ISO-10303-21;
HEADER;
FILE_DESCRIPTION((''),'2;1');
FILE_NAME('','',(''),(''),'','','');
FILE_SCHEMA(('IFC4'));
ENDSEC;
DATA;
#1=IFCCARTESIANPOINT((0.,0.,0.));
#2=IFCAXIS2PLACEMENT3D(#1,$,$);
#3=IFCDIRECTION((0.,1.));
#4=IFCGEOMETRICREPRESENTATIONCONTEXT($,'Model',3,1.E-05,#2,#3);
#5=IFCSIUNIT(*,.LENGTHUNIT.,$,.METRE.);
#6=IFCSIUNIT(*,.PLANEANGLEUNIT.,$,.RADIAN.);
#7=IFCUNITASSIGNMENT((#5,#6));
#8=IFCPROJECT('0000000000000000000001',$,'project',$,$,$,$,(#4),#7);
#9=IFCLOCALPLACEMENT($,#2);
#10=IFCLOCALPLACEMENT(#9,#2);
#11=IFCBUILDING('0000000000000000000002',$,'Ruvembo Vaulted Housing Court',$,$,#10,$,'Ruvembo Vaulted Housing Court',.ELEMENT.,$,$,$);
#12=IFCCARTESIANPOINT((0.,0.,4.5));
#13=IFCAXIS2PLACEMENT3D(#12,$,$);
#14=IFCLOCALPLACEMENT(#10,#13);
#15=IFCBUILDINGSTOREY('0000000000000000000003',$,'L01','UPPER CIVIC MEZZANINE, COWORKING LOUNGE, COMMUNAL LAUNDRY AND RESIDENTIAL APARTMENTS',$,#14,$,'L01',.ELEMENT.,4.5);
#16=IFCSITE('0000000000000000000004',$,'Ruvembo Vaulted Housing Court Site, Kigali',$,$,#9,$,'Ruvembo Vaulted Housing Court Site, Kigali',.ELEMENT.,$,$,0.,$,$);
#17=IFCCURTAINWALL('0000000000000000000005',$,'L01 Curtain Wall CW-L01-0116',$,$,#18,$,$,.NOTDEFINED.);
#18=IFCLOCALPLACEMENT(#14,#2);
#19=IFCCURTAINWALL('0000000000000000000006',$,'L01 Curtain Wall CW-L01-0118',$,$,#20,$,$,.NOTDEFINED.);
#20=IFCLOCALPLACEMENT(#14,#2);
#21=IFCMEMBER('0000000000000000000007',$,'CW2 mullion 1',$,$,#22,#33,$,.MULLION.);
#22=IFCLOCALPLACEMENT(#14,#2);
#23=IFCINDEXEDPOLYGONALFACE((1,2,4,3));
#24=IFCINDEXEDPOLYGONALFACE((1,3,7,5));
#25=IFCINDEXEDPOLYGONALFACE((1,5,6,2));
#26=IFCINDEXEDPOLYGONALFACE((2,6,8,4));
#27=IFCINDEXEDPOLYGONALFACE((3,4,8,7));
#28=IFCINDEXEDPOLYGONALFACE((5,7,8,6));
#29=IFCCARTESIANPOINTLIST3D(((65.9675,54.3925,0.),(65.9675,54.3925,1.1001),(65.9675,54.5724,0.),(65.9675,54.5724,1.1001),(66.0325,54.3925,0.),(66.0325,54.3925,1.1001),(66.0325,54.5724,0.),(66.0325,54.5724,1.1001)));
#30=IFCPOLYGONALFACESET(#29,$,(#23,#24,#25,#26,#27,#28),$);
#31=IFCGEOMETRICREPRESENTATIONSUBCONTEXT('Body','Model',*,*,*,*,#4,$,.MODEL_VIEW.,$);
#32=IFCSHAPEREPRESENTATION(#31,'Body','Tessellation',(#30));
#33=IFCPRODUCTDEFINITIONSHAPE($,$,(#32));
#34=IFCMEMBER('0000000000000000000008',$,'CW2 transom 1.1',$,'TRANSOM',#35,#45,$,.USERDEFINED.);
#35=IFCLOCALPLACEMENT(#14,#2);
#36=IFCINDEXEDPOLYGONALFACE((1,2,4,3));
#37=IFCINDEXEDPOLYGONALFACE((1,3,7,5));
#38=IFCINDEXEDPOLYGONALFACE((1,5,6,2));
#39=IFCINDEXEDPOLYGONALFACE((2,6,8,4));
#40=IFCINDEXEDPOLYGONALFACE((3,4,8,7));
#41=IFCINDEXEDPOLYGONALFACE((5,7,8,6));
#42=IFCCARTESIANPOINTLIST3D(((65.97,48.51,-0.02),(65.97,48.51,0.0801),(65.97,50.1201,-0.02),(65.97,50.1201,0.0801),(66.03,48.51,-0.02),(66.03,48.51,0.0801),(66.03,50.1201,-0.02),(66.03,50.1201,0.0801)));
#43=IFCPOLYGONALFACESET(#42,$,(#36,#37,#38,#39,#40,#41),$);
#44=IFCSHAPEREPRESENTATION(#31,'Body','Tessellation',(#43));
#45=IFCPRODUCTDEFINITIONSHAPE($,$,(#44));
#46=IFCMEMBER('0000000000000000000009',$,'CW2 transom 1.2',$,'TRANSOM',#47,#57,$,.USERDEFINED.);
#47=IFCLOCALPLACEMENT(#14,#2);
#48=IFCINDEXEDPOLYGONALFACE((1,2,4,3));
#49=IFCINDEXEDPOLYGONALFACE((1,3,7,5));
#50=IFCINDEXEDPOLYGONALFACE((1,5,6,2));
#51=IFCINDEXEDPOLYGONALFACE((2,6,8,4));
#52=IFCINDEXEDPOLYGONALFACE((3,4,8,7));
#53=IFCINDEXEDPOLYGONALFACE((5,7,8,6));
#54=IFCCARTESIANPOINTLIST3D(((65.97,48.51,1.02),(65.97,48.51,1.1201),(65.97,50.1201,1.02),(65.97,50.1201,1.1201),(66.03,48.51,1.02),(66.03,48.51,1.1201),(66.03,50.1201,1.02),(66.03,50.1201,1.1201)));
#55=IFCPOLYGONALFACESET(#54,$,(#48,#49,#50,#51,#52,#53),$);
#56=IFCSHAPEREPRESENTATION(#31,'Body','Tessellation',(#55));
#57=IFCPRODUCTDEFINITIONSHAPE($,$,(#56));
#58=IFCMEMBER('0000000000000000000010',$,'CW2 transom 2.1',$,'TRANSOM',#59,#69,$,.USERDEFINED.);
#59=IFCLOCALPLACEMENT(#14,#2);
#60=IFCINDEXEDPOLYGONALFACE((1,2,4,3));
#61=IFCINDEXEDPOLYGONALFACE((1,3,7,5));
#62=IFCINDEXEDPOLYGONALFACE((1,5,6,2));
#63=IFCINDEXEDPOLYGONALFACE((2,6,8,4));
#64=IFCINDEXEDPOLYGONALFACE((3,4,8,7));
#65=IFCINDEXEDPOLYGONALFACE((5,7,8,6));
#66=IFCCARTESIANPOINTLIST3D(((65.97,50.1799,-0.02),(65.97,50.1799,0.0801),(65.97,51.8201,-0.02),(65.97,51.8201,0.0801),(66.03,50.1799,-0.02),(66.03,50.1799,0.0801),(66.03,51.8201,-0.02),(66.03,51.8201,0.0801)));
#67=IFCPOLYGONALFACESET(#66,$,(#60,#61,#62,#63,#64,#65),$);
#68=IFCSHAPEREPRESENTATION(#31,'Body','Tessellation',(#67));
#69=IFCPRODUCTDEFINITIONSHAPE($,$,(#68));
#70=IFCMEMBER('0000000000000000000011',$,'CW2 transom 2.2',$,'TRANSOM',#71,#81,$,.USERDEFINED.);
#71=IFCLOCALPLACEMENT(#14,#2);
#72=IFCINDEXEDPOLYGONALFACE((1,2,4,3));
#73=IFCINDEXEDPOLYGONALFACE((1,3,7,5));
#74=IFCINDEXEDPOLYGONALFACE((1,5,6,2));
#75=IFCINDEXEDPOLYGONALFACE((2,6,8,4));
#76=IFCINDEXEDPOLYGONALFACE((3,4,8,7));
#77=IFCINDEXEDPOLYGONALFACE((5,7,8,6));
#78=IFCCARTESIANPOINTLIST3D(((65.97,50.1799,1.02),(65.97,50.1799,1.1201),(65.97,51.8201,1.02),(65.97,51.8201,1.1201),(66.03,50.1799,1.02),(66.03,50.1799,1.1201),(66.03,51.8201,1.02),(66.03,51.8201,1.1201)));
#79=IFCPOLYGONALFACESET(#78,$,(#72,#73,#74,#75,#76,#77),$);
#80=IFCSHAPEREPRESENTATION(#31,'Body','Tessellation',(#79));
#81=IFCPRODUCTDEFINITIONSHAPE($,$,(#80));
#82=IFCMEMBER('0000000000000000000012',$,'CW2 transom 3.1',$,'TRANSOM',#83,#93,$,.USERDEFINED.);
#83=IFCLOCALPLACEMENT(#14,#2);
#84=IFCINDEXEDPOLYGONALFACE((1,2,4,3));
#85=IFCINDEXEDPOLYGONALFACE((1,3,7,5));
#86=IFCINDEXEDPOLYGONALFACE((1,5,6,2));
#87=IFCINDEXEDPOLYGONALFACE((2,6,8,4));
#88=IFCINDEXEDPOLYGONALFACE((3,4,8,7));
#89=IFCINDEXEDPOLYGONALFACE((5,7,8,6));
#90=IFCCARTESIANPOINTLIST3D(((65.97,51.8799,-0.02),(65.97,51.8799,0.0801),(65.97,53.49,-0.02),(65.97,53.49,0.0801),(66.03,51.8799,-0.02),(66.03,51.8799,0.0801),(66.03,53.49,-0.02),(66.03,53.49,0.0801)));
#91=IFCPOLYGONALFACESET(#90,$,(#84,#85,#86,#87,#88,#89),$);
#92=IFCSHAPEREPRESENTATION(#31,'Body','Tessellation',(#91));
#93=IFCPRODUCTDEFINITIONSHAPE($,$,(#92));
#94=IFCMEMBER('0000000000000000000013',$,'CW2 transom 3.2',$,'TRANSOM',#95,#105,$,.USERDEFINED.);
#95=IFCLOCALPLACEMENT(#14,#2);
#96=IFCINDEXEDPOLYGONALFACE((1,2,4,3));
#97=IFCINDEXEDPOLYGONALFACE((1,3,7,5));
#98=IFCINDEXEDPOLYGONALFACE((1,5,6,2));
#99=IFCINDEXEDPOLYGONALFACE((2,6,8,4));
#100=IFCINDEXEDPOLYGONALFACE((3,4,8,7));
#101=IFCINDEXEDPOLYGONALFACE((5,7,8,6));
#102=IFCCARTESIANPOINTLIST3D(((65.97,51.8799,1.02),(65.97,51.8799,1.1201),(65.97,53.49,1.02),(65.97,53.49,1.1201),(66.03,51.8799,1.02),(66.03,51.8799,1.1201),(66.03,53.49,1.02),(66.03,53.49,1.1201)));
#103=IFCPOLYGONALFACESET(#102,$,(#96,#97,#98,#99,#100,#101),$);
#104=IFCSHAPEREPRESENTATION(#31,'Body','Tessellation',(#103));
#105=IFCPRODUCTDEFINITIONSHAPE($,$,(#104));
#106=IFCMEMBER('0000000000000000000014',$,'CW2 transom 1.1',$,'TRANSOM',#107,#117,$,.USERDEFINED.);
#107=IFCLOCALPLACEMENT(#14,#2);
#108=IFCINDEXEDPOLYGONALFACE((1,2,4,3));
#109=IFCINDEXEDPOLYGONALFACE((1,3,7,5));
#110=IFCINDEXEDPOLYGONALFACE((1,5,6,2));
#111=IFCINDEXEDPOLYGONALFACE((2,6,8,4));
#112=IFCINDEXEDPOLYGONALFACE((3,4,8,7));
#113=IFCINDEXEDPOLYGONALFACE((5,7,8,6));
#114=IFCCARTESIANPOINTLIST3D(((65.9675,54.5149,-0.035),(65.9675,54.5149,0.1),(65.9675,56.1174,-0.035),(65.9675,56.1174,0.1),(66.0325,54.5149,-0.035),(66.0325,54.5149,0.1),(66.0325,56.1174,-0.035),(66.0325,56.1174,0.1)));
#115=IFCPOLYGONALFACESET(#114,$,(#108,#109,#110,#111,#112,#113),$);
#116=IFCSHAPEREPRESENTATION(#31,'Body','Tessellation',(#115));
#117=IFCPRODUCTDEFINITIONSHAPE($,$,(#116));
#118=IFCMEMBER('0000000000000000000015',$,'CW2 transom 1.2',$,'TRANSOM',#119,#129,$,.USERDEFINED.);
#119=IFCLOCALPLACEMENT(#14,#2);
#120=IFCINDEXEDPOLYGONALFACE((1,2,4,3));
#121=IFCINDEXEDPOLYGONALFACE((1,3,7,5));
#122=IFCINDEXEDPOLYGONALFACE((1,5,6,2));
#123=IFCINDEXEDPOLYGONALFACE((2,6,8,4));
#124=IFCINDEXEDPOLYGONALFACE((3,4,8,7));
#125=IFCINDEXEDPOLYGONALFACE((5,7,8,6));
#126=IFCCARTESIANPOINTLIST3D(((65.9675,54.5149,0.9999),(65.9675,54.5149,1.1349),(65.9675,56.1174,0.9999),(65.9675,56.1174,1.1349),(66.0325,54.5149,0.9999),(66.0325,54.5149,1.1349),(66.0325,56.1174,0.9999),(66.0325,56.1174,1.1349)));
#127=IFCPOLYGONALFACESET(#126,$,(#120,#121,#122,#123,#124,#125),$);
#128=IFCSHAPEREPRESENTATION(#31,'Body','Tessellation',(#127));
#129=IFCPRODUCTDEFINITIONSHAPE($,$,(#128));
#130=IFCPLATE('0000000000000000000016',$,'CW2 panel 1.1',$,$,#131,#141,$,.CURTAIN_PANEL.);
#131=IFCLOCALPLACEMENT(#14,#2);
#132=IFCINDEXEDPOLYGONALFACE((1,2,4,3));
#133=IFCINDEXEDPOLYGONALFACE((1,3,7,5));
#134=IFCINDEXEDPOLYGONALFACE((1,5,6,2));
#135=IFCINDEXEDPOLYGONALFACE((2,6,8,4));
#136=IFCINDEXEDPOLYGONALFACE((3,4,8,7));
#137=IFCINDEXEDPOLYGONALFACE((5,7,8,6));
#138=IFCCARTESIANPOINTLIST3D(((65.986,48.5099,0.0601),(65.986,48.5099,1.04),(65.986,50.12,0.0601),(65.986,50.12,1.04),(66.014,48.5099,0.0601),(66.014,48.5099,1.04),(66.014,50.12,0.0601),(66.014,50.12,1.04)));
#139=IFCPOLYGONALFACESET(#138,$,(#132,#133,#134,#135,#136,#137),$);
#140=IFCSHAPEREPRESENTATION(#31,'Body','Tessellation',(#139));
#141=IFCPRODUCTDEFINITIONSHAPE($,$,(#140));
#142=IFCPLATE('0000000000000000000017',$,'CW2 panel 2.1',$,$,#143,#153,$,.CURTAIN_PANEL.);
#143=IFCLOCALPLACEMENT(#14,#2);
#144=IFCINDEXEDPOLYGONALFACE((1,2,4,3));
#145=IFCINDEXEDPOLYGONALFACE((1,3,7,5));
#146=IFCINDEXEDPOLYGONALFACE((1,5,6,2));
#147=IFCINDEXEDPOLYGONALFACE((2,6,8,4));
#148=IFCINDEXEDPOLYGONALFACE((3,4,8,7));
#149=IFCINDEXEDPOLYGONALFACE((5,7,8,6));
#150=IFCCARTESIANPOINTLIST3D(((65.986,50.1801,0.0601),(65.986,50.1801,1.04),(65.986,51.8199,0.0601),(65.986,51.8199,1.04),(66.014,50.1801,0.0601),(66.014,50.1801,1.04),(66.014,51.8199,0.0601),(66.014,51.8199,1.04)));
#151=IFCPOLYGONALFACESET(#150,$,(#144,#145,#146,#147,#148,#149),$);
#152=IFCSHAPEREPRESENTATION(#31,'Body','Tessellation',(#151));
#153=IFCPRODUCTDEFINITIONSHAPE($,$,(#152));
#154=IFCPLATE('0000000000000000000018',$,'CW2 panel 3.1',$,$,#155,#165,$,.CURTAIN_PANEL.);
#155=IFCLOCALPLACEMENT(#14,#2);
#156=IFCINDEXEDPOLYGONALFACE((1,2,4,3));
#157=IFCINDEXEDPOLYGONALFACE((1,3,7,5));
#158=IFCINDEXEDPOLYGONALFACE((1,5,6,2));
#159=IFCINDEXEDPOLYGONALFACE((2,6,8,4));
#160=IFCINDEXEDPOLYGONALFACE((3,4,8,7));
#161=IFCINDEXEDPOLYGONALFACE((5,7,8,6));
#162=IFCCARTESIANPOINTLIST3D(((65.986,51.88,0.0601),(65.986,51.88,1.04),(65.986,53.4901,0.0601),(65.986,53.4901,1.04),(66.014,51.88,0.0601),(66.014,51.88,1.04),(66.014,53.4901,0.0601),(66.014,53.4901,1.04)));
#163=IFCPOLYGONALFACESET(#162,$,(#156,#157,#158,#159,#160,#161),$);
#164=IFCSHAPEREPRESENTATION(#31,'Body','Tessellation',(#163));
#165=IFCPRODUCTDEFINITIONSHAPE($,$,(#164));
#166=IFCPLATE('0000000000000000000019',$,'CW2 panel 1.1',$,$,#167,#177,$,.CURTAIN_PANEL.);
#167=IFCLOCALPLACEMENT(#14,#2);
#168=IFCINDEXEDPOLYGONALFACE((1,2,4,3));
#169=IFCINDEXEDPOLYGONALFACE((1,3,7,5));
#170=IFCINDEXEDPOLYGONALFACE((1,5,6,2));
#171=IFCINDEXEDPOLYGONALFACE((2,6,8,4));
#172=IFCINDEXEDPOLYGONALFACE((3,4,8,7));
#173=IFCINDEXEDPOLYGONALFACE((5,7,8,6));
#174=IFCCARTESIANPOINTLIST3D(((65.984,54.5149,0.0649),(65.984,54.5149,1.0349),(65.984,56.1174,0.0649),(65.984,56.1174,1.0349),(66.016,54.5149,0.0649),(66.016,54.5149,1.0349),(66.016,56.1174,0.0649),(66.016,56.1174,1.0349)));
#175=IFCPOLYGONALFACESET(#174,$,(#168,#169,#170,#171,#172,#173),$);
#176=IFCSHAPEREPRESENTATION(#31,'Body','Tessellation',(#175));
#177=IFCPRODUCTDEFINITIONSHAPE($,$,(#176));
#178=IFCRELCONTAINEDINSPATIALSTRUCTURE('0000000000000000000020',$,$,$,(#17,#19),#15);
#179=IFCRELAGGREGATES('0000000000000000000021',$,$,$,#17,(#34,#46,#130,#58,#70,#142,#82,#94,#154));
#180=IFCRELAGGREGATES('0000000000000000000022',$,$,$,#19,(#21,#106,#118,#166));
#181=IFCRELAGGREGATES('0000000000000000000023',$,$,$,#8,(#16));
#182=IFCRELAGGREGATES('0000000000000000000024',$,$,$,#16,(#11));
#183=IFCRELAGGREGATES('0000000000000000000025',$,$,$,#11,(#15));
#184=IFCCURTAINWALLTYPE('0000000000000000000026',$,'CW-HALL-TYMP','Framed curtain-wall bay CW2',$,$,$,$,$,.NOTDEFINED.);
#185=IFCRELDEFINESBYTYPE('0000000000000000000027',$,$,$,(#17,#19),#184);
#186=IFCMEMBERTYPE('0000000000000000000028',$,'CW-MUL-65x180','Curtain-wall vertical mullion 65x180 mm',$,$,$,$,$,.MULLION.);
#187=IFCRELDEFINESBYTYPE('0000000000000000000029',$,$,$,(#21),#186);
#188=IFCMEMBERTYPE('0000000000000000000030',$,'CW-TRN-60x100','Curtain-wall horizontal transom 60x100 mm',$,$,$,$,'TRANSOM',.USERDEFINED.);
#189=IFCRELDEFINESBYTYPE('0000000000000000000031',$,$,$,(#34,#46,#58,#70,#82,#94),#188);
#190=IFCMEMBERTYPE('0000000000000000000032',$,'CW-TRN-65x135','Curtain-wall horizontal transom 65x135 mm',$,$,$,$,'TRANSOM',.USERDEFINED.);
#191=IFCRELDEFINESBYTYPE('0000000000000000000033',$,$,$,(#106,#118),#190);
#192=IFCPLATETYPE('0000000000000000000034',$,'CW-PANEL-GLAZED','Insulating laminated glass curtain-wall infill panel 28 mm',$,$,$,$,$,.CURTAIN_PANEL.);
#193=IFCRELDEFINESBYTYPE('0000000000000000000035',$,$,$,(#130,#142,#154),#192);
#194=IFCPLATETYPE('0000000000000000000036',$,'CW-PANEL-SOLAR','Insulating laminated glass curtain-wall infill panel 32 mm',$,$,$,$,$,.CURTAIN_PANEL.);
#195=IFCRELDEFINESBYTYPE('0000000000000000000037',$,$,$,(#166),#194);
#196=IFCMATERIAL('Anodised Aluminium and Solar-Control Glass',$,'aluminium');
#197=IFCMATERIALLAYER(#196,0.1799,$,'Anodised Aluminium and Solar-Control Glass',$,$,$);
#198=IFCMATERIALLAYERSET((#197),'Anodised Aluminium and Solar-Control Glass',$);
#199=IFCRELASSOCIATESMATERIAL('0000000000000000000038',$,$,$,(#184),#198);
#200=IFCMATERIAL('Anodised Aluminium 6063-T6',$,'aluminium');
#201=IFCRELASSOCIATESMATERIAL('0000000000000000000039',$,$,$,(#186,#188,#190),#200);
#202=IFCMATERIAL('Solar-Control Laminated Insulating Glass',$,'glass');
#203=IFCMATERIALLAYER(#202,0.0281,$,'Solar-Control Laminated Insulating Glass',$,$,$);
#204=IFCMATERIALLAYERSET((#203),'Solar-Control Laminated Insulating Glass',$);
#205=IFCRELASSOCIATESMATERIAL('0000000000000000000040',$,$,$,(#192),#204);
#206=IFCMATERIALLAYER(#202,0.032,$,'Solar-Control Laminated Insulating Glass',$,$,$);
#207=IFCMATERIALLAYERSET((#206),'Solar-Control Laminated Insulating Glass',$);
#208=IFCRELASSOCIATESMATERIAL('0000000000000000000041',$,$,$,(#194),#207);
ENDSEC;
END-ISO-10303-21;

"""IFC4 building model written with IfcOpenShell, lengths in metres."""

from ifc_helpers import new_model, si_unit, direction, frame, origin, origin_2d, place, context, subcontext, project, spatial, rectangle, extrude, material, layer, layer_set, material_profile, profile_set, type_object, element, aggregate, save


model = new_model("IFC4")

# Units and contexts
model_context = context("Model", 3, precision=1e-05, world=origin(), true_north=direction((0.0, 1.0)))
body_context = subcontext(model_context, "Body", "Model", "MODEL_VIEW")
ifc_project = project(units=[si_unit("LENGTHUNIT", "METRE"), si_unit("PLANEANGLEUNIT", "RADIAN")], contexts=[model_context])

# Site, building, storey
site_placement = place(None, origin())
site = spatial("IfcSite", under=ifc_project, at=site_placement, Name="Ruvembo Vaulted Housing Court Site, Kigali", LongName="Ruvembo Vaulted Housing Court Site, Kigali", CompositionType="ELEMENT", RefElevation=0.0)
building_placement = place(site_placement, origin())
building = spatial("IfcBuilding", under=site, at=building_placement, Name="Ruvembo Vaulted Housing Court", LongName="Ruvembo Vaulted Housing Court", CompositionType="ELEMENT")
storey_placement = place(building_placement, frame((0.0, 0.0, 4.5)))
storey = spatial("IfcBuildingStorey", under=building, at=storey_placement, Name="L01", Description="UPPER CIVIC MEZZANINE, COWORKING LOUNGE, COMMUNAL LAUNDRY AND RESIDENTIAL APARTMENTS", LongName="L01", CompositionType="ELEMENT", Elevation=4.5)

# Curtain wall
ifc_material_1 = material(Name="Anodised Aluminium and Solar-Control Glass", Category="aluminium")
ifc_layer_1 = layer(ifc_material_1, 0.1799, Name="Anodised Aluminium and Solar-Control Glass")
ifc_layer_set_1 = layer_set([ifc_layer_1], Name="Anodised Aluminium and Solar-Control Glass")
curtain_wall_type = type_object("IfcCurtainWallType", Name="CW-HALL-TYMP", Description="Framed curtain-wall bay CW2", PredefinedType="NOTDEFINED", material=ifc_layer_set_1)
curtain_wall_1_placement = place(storey_placement, origin())
curtain_wall_1 = element("IfcCurtainWall", 1, at=curtain_wall_1_placement, inside=storey, type_object=curtain_wall_type, Name="L01 Curtain Wall CW-L01-0116", PredefinedType="NOTDEFINED")
ifc_material_2 = material(Name="Anodised Aluminium 6063-T6", Category="aluminium")

# Curtain wall, member
ifc_material_profile_1 = material_profile(ifc_material_2, rectangle(XDim=0.0649, YDim=0.1799, at=origin_2d()), Name="ALU 65x180")
ifc_profile_set_1 = profile_set([ifc_material_profile_1], Name="Anodised Aluminium 6063-T6")
member_type_1 = type_object("IfcMemberType", Name="CW-MUL-65x180", Description="Curtain-wall vertical mullion 65x180 mm", PredefinedType="MULLION", material=ifc_profile_set_1)
curtain_wall_2_placement = place(storey_placement, origin())
curtain_wall_2 = element("IfcCurtainWall", 2, at=curtain_wall_2_placement, inside=storey, type_object=curtain_wall_type, Name="L01 Curtain Wall CW-L01-0118", PredefinedType="NOTDEFINED")
member_1_placement = place(storey_placement, frame((66.0, 54.4824, 0.0), z_axis=(0.0, 0.0, 1.0), x_axis=(-1.0, 0.0, 0.0)))
member_1 = element("IfcMember", 3, at=member_1_placement, type_object=member_type_1, Name="CW2 mullion 1", PredefinedType="MULLION", context=body_context, shape_type="SweptSolid", body=[
    extrude(rectangle(XDim=0.0649, YDim=0.1799, at=origin_2d()), origin(), (0.0, 0.0, 1.0), 1.1001),
])

# Members
ifc_material_profile_2 = material_profile(ifc_material_2, rectangle(XDim=0.0601, YDim=0.1001, at=origin_2d()), Name="ALU 60x100")
ifc_profile_set_2 = profile_set([ifc_material_profile_2], Name="Anodised Aluminium 6063-T6")
member_type_2 = type_object("IfcMemberType", Name="CW-TRN-60x100", Description="Curtain-wall horizontal transom 60x100 mm", ElementType="TRANSOM", PredefinedType="USERDEFINED", material=ifc_profile_set_2)
member_2_placement = place(storey_placement, frame((66.0, 48.51, 0.03), z_axis=(0.0, 1.0, 0.0), x_axis=(-1.0, 0.0, 0.0)))
member_2 = element("IfcMember", 4, at=member_2_placement, type_object=member_type_2, Name="CW2 transom 1.1", ObjectType="TRANSOM", PredefinedType="USERDEFINED", context=body_context, shape_type="SweptSolid", body=[
    extrude(rectangle(XDim=0.0601, YDim=0.1001, at=origin_2d()), origin(), (0.0, 0.0, 1.0), 1.6101),
])
member_3_placement = place(storey_placement, frame((66.0, 48.51, 1.0701), z_axis=(0.0, 1.0, 0.0), x_axis=(-1.0, 0.0, 0.0)))
member_3 = element("IfcMember", 5, at=member_3_placement, type_object=member_type_2, Name="CW2 transom 1.2", ObjectType="TRANSOM", PredefinedType="USERDEFINED", context=body_context, shape_type="SweptSolid", body=[
    extrude(rectangle(XDim=0.0601, YDim=0.1001, at=origin_2d()), origin(), (0.0, 0.0, 1.0), 1.6101),
])
member_4_placement = place(storey_placement, frame((66.0, 50.1799, 0.03), z_axis=(0.0, 1.0, 0.0), x_axis=(-1.0, 0.0, 0.0)))
member_4 = element("IfcMember", 6, at=member_4_placement, type_object=member_type_2, Name="CW2 transom 2.1", ObjectType="TRANSOM", PredefinedType="USERDEFINED", context=body_context, shape_type="SweptSolid", body=[
    extrude(rectangle(XDim=0.0601, YDim=0.1001, at=origin_2d()), origin(), (0.0, 0.0, 1.0), 1.6401),
])
member_5_placement = place(storey_placement, frame((66.0, 50.1799, 1.0701), z_axis=(0.0, 1.0, 0.0), x_axis=(-1.0, 0.0, 0.0)))
member_5 = element("IfcMember", 7, at=member_5_placement, type_object=member_type_2, Name="CW2 transom 2.2", ObjectType="TRANSOM", PredefinedType="USERDEFINED", context=body_context, shape_type="SweptSolid", body=[
    extrude(rectangle(XDim=0.0601, YDim=0.1001, at=origin_2d()), origin(), (0.0, 0.0, 1.0), 1.6401),
])
member_6_placement = place(storey_placement, frame((66.0, 51.8799, 0.03), z_axis=(0.0, 1.0, 0.0), x_axis=(-1.0, 0.0, 0.0)))
member_6 = element("IfcMember", 8, at=member_6_placement, type_object=member_type_2, Name="CW2 transom 3.1", ObjectType="TRANSOM", PredefinedType="USERDEFINED", context=body_context, shape_type="SweptSolid", body=[
    extrude(rectangle(XDim=0.0601, YDim=0.1001, at=origin_2d()), origin(), (0.0, 0.0, 1.0), 1.6101),
])
member_7_placement = place(storey_placement, frame((66.0, 51.8799, 1.0701), z_axis=(0.0, 1.0, 0.0), x_axis=(-1.0, 0.0, 0.0)))
member_7 = element("IfcMember", 9, at=member_7_placement, type_object=member_type_2, Name="CW2 transom 3.2", ObjectType="TRANSOM", PredefinedType="USERDEFINED", context=body_context, shape_type="SweptSolid", body=[
    extrude(rectangle(XDim=0.0601, YDim=0.1001, at=origin_2d()), origin(), (0.0, 0.0, 1.0), 1.6101),
])
ifc_material_profile_3 = material_profile(ifc_material_2, rectangle(XDim=0.0649, YDim=0.135, at=origin_2d()), Name="ALU 65x135")
ifc_profile_set_3 = profile_set([ifc_material_profile_3], Name="Anodised Aluminium 6063-T6")
member_type_3 = type_object("IfcMemberType", Name="CW-TRN-65x135", Description="Curtain-wall horizontal transom 65x135 mm", ElementType="TRANSOM", PredefinedType="USERDEFINED", material=ifc_profile_set_3)
member_8_placement = place(storey_placement, frame((66.0, 54.5149, 0.0325), z_axis=(0.0, 1.0, 0.0), x_axis=(-1.0, 0.0, 0.0)))
member_8 = element("IfcMember", 10, at=member_8_placement, type_object=member_type_3, Name="CW2 transom 1.1", ObjectType="TRANSOM", PredefinedType="USERDEFINED", context=body_context, shape_type="SweptSolid", body=[
    extrude(rectangle(XDim=0.0649, YDim=0.135, at=origin_2d()), origin(), (0.0, 0.0, 1.0), 1.6025),
])
member_9_placement = place(storey_placement, frame((66.0, 54.5149, 1.0674), z_axis=(0.0, 1.0, 0.0), x_axis=(-1.0, 0.0, 0.0)))
member_9 = element("IfcMember", 11, at=member_9_placement, type_object=member_type_3, Name="CW2 transom 1.2", ObjectType="TRANSOM", PredefinedType="USERDEFINED", context=body_context, shape_type="SweptSolid", body=[
    extrude(rectangle(XDim=0.0649, YDim=0.135, at=origin_2d()), origin(), (0.0, 0.0, 1.0), 1.6025),
])

# Plates
ifc_material_3 = material(Name="Solar-Control Laminated Insulating Glass", Category="glass")
ifc_layer_2 = layer(ifc_material_3, 0.0281, Name="Solar-Control Laminated Insulating Glass")
ifc_layer_set_2 = layer_set([ifc_layer_2], Name="Solar-Control Laminated Insulating Glass")
plate_type_1 = type_object("IfcPlateType", Name="CW-PANEL-GLAZED", Description="Insulating laminated glass curtain-wall infill panel 28 mm", PredefinedType="CURTAIN_PANEL", material=ifc_layer_set_2)
plate_1_placement = place(storey_placement, frame((66.0, 49.3149, 0.0601), z_axis=(0.0, 0.0, 1.0), x_axis=(0.0, 1.0, 0.0)))
plate_1 = element("IfcPlate", 12, at=plate_1_placement, type_object=plate_type_1, Name="CW2 panel 1.1", PredefinedType="CURTAIN_PANEL", context=body_context, shape_type="SweptSolid", body=[
    extrude(rectangle(XDim=1.6101, YDim=0.0281, at=origin_2d()), origin(), (0.0, 0.0, 1.0), 0.98),
])
plate_2_placement = place(storey_placement, frame((66.0, 51.0, 0.0601), z_axis=(0.0, 0.0, 1.0), x_axis=(0.0, 1.0, 0.0)))
plate_2 = element("IfcPlate", 13, at=plate_2_placement, type_object=plate_type_1, Name="CW2 panel 2.1", PredefinedType="CURTAIN_PANEL", context=body_context, shape_type="SweptSolid", body=[
    extrude(rectangle(XDim=1.6399, YDim=0.0281, at=origin_2d()), origin(), (0.0, 0.0, 1.0), 0.98),
])
plate_3_placement = place(storey_placement, frame((66.0, 52.6851, 0.0601), z_axis=(0.0, 0.0, 1.0), x_axis=(0.0, 1.0, 0.0)))
plate_3 = element("IfcPlate", 14, at=plate_3_placement, type_object=plate_type_1, Name="CW2 panel 3.1", PredefinedType="CURTAIN_PANEL", context=body_context, shape_type="SweptSolid", body=[
    extrude(rectangle(XDim=1.6101, YDim=0.0281, at=origin_2d()), origin(), (0.0, 0.0, 1.0), 0.98),
])
aggregate(curtain_wall_1, [member_2, member_3, plate_1, member_4, member_5, plate_2, member_6, member_7, plate_3])
ifc_layer_3 = layer(ifc_material_3, 0.032, Name="Solar-Control Laminated Insulating Glass")
ifc_layer_set_3 = layer_set([ifc_layer_3], Name="Solar-Control Laminated Insulating Glass")
plate_type_2 = type_object("IfcPlateType", Name="CW-PANEL-SOLAR", Description="Insulating laminated glass curtain-wall infill panel 32 mm", PredefinedType="CURTAIN_PANEL", material=ifc_layer_set_3)
plate_4_placement = place(storey_placement, frame((66.0, 55.3162, 0.0649), z_axis=(0.0, 0.0, 1.0), x_axis=(0.0, 1.0, 0.0)))
plate_4 = element("IfcPlate", 15, at=plate_4_placement, type_object=plate_type_2, Name="CW2 panel 1.1", PredefinedType="CURTAIN_PANEL", context=body_context, shape_type="SweptSolid", body=[
    extrude(rectangle(XDim=1.6025, YDim=0.032, at=origin_2d()), origin(), (0.0, 0.0, 1.0), 0.97),
])
aggregate(curtain_wall_2, [member_1, member_8, member_9, plate_4])

save(model, "model.ifc")
